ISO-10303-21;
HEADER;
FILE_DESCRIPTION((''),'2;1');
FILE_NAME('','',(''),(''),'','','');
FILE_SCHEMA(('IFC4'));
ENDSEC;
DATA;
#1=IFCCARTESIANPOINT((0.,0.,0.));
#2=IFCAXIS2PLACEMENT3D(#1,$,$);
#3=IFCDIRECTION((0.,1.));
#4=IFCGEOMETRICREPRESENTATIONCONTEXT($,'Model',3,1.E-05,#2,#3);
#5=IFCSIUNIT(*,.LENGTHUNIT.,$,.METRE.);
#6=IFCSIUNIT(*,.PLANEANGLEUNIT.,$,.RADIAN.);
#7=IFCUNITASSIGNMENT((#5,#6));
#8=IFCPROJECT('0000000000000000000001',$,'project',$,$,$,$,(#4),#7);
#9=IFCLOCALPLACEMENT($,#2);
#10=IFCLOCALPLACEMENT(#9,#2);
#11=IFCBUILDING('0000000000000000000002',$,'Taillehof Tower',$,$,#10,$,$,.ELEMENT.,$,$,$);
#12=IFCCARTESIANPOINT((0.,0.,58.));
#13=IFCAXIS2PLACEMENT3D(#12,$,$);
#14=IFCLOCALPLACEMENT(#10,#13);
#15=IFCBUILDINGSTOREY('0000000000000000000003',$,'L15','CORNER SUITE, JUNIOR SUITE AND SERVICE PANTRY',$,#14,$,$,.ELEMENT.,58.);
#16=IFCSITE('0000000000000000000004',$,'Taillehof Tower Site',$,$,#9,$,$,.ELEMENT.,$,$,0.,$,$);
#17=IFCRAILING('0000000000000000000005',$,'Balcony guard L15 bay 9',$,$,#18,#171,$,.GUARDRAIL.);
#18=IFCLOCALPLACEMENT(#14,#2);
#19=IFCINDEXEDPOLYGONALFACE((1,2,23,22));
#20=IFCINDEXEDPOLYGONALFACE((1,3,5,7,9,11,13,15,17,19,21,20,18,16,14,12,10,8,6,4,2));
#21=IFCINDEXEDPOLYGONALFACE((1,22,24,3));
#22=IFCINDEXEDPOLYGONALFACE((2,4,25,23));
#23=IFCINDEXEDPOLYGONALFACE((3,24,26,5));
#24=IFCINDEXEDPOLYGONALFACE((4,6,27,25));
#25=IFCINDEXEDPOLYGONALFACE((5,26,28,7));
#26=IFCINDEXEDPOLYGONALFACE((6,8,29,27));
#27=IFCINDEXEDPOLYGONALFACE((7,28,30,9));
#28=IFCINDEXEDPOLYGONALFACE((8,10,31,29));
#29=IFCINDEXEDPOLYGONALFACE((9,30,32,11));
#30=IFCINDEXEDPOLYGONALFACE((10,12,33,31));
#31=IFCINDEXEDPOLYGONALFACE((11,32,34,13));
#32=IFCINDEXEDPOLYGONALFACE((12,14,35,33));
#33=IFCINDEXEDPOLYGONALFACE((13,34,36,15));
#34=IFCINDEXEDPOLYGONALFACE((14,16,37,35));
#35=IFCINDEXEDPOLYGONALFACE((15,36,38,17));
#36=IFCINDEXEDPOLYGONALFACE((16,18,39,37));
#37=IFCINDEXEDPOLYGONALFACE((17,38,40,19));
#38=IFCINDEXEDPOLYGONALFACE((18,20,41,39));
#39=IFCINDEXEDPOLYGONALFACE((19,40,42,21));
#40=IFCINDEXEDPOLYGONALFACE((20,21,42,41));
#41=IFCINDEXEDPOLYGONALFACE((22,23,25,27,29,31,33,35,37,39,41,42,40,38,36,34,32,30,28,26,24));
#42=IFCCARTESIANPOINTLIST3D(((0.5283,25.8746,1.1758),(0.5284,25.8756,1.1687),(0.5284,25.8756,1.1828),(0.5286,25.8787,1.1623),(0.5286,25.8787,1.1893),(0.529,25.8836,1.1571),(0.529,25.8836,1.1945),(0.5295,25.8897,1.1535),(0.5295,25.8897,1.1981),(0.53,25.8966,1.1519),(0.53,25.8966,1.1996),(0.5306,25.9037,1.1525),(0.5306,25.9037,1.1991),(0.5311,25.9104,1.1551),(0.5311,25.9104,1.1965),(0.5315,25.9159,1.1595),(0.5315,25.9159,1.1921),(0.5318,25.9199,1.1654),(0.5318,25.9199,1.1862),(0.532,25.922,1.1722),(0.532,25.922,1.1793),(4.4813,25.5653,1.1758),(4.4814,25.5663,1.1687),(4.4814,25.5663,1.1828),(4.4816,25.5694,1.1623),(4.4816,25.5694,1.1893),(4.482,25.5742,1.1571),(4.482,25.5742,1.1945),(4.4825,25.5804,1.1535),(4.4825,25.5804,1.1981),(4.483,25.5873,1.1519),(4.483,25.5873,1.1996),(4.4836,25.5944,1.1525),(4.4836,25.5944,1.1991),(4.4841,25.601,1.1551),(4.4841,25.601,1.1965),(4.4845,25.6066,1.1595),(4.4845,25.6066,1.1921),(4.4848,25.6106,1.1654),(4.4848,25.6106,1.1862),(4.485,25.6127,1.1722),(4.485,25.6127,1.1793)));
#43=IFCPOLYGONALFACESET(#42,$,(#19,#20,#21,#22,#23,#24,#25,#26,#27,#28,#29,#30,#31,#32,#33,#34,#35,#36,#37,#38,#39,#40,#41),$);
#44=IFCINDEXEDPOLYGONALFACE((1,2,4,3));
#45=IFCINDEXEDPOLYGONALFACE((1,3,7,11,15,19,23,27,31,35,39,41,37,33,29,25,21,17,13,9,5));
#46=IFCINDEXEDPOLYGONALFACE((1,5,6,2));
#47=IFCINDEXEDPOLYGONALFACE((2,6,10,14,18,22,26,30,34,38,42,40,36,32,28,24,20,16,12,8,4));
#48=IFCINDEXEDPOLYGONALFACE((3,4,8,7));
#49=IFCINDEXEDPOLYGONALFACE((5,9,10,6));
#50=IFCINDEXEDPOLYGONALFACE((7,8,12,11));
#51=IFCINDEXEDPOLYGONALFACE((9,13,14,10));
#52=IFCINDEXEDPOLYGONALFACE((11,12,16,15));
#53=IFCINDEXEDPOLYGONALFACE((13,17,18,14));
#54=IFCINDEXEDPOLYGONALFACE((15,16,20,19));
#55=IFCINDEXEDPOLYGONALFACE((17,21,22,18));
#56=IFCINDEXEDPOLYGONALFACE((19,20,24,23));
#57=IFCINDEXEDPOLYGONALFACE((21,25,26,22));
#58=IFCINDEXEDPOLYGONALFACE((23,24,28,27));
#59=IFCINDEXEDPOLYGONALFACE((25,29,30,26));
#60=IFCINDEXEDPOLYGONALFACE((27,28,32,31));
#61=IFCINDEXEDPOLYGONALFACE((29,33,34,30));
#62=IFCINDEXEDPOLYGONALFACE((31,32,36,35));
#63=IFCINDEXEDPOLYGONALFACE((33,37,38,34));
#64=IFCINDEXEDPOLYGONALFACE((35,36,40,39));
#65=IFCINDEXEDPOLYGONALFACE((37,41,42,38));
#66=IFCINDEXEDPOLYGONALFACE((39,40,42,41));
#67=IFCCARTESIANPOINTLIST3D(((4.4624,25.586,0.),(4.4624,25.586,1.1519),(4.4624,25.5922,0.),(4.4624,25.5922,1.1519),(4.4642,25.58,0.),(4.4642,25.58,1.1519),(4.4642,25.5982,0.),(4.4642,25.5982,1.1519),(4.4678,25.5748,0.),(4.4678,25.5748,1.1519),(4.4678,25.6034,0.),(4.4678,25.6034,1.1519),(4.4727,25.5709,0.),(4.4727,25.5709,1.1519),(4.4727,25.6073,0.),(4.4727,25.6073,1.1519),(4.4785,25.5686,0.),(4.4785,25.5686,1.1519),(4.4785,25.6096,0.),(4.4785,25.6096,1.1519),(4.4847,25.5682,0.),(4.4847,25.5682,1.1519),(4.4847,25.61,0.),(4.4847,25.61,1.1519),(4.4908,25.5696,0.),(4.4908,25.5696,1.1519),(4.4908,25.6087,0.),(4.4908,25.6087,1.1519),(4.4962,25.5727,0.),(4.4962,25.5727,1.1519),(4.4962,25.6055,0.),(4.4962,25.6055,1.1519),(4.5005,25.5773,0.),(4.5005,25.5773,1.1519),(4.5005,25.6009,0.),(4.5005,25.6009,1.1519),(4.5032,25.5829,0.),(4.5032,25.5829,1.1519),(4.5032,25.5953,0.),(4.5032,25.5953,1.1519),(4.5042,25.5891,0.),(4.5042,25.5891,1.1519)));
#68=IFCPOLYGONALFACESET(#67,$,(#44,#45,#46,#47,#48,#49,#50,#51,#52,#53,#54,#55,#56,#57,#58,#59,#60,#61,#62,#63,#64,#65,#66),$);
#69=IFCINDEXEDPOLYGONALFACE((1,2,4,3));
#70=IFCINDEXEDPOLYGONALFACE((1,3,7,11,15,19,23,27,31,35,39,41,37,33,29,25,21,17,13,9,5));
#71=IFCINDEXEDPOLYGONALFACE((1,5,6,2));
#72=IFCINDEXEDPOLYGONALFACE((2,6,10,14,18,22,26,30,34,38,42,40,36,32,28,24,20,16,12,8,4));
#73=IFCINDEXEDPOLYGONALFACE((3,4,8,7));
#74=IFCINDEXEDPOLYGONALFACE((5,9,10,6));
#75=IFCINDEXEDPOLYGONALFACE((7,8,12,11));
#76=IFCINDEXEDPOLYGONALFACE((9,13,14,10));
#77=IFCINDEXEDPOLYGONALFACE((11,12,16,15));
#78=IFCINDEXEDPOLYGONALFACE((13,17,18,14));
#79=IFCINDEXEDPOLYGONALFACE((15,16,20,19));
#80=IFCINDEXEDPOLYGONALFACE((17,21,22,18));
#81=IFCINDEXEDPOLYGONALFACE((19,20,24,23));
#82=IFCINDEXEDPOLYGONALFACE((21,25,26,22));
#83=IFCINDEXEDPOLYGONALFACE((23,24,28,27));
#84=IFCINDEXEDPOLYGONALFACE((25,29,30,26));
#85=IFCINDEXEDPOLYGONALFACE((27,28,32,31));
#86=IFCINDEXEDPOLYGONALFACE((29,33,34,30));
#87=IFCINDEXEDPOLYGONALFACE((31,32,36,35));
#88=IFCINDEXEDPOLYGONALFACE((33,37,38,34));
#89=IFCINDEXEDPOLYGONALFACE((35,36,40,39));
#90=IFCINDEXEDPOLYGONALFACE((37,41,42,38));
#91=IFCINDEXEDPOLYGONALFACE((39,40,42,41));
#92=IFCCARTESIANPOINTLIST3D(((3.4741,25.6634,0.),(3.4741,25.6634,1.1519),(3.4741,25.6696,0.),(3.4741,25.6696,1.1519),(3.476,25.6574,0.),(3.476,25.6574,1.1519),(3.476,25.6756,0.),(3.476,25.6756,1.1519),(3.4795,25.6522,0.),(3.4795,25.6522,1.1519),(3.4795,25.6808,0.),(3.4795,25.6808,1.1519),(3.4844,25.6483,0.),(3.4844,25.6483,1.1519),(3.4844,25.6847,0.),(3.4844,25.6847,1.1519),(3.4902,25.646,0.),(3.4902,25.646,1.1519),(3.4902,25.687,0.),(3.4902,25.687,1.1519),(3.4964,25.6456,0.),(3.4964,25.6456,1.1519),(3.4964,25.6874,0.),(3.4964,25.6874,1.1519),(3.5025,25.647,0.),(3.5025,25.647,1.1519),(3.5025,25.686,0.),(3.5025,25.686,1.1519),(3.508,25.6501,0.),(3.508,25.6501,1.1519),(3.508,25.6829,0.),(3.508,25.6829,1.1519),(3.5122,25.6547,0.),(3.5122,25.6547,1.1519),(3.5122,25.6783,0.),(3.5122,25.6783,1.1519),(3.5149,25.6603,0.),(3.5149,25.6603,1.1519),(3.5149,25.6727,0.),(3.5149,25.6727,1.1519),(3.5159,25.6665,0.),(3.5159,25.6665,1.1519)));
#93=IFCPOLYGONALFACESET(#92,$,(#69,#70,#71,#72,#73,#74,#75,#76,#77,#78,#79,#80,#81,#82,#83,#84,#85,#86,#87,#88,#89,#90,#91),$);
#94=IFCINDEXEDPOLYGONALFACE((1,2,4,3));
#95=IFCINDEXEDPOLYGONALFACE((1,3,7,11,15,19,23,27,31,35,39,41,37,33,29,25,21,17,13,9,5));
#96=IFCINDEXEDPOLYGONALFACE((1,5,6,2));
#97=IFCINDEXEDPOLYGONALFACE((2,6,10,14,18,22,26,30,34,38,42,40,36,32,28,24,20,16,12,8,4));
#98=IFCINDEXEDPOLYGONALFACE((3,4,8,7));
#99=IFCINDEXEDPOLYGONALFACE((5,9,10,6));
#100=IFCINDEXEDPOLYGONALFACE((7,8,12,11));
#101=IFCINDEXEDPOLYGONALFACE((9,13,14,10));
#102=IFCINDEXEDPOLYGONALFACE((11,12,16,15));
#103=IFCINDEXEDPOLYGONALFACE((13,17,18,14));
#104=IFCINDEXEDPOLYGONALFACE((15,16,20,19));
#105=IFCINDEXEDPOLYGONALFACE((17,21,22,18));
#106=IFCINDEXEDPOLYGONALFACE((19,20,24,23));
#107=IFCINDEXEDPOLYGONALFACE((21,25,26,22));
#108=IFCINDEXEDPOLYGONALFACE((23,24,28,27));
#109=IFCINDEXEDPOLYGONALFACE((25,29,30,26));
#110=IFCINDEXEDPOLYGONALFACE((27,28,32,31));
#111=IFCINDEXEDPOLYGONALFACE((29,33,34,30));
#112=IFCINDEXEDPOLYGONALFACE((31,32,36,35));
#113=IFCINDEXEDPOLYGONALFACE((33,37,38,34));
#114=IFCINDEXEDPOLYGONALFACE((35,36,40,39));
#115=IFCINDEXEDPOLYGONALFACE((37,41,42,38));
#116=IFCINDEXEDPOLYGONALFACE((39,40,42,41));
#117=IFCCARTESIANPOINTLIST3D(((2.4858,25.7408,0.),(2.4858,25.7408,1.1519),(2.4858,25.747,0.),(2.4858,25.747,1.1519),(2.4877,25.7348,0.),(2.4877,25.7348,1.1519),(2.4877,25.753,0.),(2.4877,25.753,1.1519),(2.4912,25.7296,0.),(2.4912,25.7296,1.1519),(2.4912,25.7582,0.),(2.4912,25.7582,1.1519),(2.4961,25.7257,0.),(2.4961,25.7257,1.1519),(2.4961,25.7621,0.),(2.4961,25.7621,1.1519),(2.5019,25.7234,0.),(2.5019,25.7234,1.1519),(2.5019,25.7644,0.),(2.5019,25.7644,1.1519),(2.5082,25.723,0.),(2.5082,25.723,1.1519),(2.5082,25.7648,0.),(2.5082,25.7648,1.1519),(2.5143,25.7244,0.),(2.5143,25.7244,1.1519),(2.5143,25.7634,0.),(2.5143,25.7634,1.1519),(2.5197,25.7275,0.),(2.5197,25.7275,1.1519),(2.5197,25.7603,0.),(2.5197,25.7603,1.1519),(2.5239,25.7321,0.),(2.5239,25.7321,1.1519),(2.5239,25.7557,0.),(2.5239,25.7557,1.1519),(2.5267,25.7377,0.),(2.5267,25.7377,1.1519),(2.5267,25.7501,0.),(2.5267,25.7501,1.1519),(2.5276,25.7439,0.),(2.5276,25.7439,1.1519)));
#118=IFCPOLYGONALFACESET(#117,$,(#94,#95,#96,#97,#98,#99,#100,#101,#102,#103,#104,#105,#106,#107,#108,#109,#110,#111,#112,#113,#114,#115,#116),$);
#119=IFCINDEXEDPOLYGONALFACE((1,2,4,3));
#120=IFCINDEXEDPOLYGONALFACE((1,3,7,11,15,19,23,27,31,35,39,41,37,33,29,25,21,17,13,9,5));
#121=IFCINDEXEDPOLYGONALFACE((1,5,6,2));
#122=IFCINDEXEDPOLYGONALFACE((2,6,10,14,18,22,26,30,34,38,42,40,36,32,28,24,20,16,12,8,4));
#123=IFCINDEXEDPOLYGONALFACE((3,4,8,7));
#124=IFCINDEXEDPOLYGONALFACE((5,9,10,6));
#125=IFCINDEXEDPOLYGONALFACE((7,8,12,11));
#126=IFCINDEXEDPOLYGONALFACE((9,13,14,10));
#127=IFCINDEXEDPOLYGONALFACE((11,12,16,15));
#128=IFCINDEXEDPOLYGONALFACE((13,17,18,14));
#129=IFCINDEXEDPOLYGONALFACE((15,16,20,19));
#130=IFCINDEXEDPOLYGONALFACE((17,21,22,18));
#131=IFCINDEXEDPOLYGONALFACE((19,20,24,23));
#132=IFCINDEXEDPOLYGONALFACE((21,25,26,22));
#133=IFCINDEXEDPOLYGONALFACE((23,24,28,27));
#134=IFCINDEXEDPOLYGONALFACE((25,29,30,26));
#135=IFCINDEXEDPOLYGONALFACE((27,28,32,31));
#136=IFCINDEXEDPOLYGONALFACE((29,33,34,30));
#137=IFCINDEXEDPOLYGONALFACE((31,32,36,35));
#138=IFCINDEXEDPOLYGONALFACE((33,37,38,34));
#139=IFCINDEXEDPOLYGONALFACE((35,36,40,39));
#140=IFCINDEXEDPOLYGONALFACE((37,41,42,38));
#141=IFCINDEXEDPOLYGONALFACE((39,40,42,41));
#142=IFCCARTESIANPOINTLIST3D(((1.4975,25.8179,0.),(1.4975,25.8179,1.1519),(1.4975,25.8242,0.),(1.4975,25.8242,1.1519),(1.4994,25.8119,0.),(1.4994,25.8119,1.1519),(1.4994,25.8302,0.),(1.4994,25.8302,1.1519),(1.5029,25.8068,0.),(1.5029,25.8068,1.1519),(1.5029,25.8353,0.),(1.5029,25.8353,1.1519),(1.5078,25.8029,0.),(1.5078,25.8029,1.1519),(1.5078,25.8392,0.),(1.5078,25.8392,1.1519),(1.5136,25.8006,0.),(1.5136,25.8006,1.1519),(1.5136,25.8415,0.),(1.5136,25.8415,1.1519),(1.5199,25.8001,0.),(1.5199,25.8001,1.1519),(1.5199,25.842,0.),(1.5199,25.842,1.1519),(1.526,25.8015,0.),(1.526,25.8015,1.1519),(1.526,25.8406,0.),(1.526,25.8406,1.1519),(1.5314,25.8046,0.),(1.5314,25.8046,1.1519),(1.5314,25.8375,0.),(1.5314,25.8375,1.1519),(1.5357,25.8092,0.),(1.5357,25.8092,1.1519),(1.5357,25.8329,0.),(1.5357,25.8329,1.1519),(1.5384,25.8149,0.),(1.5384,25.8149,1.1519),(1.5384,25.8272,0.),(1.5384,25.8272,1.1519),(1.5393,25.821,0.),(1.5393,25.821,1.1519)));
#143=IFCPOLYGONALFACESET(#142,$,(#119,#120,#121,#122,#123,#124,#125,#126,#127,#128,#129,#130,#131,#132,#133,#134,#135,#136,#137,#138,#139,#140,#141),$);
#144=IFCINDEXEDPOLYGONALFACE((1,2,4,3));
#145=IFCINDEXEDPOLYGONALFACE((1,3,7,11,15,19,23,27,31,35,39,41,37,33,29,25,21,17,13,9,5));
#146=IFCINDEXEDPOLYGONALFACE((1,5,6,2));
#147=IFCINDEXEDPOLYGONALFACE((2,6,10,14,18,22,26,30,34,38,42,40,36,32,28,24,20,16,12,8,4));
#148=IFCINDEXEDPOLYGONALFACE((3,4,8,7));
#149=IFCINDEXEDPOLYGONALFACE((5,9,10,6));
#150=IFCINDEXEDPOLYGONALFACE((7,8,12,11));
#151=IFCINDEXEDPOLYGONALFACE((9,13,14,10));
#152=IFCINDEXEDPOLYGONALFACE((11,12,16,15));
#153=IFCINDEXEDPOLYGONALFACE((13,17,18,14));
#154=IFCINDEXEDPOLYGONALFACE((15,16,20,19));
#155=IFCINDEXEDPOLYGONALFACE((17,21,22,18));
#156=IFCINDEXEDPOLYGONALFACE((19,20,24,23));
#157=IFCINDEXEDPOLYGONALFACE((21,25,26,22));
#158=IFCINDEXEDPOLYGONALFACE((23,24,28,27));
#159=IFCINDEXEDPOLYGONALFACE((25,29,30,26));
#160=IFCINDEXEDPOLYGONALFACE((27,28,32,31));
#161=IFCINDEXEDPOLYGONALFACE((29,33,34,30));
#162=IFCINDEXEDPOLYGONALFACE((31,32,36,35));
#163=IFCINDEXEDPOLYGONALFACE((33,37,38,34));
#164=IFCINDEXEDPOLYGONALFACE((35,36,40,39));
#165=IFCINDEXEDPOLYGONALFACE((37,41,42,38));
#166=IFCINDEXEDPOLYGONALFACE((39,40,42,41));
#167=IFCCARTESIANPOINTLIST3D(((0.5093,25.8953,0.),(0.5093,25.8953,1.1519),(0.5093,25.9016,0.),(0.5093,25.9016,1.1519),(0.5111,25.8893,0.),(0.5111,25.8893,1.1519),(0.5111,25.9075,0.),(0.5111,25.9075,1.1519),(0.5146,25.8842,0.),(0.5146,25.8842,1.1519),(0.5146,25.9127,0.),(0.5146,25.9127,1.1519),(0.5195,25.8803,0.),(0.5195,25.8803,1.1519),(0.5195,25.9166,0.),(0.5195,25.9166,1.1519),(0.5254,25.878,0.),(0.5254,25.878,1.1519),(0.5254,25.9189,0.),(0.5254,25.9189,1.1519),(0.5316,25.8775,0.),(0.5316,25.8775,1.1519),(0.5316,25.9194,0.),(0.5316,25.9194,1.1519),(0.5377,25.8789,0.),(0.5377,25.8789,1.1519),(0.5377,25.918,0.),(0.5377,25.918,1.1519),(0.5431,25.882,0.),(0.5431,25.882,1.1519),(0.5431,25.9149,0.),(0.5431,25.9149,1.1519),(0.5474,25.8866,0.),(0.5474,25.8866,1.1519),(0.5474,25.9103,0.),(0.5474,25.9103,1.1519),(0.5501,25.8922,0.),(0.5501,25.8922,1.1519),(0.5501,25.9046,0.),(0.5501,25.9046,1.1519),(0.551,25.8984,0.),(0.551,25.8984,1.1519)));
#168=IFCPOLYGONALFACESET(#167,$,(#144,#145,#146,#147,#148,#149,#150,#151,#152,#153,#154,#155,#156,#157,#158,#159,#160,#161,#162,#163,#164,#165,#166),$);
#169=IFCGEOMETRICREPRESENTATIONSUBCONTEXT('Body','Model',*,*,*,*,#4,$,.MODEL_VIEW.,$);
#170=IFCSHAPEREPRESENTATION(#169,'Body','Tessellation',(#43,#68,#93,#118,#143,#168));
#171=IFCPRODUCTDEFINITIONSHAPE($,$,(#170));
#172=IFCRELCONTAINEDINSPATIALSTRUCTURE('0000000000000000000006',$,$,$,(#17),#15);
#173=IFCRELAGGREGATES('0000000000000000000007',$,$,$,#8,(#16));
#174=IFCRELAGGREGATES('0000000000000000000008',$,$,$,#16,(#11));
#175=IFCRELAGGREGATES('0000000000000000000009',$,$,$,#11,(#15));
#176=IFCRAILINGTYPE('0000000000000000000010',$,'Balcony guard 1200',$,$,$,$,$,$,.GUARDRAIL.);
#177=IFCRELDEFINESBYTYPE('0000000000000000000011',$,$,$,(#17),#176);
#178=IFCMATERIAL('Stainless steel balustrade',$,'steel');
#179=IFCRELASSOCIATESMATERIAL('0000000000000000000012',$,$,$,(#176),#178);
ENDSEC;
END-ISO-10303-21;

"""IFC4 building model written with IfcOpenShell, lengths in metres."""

from ifc_helpers import new_model, si_unit, direction, frame, origin, origin_2d, place, context, subcontext, project, spatial, circle, extrude, material, type_object, element, save


model = new_model("IFC4")

# Units and contexts
model_context = context("Model", 3, precision=1e-05, world=origin(), true_north=direction((0.0, 1.0)))
body_context = subcontext(model_context, "Body", "Model", "MODEL_VIEW")
ifc_project = project(units=[si_unit("LENGTHUNIT", "METRE"), si_unit("PLANEANGLEUNIT", "RADIAN")], contexts=[model_context])

# Site, building, storey
site_placement = place(None, origin())
site = spatial("IfcSite", under=ifc_project, at=site_placement, Name="Taillehof Tower Site", CompositionType="ELEMENT", RefElevation=0.0)
building_placement = place(site_placement, origin())
building = spatial("IfcBuilding", under=site, at=building_placement, Name="Taillehof Tower", CompositionType="ELEMENT")
storey_placement = place(building_placement, frame((0.0, 0.0, 58.0)))
storey = spatial("IfcBuildingStorey", under=building, at=storey_placement, Name="L15", Description="CORNER SUITE, JUNIOR SUITE AND SERVICE PANTRY", CompositionType="ELEMENT", Elevation=58.0)

# Railing
ifc_material_1 = material(Name="Stainless steel balustrade", Category="steel")
railing_type = type_object("IfcRailingType", Name="Balcony guard 1200", PredefinedType="GUARDRAIL", material=ifc_material_1)
railing_1_placement = place(storey_placement, frame((4.4832, 25.5891, 0.0)))
element("IfcRailing", 1, at=railing_1_placement, inside=storey, type_object=railing_type, Name="Balcony guard L15 bay 9", PredefinedType="GUARDRAIL", context=body_context, shape_type="SweptSolid", body=[
    extrude(circle(Radius=0.0239, at=origin_2d()), frame((0.0, 0.0, 1.1758), z_axis=(-0.996953, 0.07801, 0.0), x_axis=(-0.07801, -0.996953, 0.0)), (0.0, 0.0, 1.0), 3.9651),
    extrude(circle(Radius=0.021, at=origin_2d()), origin(), (0.0, 0.0, 1.0), 1.1519),
    extrude(circle(Radius=0.021, at=origin_2d()), frame((-0.9883, 0.0774, 0.0)), (0.0, 0.0, 1.0), 1.1519),
    extrude(circle(Radius=0.021, at=origin_2d()), frame((-1.9766, 0.1548, 0.0)), (0.0, 0.0, 1.0), 1.1519),
    extrude(circle(Radius=0.021, at=origin_2d()), frame((-2.9648, 0.2319, 0.0)), (0.0, 0.0, 1.0), 1.1519),
    extrude(circle(Radius=0.021, at=origin_2d()), frame((-3.9531, 0.3093, 0.0)), (0.0, 0.0, 1.0), 1.1519),
])

save(model, "model.ifc")
